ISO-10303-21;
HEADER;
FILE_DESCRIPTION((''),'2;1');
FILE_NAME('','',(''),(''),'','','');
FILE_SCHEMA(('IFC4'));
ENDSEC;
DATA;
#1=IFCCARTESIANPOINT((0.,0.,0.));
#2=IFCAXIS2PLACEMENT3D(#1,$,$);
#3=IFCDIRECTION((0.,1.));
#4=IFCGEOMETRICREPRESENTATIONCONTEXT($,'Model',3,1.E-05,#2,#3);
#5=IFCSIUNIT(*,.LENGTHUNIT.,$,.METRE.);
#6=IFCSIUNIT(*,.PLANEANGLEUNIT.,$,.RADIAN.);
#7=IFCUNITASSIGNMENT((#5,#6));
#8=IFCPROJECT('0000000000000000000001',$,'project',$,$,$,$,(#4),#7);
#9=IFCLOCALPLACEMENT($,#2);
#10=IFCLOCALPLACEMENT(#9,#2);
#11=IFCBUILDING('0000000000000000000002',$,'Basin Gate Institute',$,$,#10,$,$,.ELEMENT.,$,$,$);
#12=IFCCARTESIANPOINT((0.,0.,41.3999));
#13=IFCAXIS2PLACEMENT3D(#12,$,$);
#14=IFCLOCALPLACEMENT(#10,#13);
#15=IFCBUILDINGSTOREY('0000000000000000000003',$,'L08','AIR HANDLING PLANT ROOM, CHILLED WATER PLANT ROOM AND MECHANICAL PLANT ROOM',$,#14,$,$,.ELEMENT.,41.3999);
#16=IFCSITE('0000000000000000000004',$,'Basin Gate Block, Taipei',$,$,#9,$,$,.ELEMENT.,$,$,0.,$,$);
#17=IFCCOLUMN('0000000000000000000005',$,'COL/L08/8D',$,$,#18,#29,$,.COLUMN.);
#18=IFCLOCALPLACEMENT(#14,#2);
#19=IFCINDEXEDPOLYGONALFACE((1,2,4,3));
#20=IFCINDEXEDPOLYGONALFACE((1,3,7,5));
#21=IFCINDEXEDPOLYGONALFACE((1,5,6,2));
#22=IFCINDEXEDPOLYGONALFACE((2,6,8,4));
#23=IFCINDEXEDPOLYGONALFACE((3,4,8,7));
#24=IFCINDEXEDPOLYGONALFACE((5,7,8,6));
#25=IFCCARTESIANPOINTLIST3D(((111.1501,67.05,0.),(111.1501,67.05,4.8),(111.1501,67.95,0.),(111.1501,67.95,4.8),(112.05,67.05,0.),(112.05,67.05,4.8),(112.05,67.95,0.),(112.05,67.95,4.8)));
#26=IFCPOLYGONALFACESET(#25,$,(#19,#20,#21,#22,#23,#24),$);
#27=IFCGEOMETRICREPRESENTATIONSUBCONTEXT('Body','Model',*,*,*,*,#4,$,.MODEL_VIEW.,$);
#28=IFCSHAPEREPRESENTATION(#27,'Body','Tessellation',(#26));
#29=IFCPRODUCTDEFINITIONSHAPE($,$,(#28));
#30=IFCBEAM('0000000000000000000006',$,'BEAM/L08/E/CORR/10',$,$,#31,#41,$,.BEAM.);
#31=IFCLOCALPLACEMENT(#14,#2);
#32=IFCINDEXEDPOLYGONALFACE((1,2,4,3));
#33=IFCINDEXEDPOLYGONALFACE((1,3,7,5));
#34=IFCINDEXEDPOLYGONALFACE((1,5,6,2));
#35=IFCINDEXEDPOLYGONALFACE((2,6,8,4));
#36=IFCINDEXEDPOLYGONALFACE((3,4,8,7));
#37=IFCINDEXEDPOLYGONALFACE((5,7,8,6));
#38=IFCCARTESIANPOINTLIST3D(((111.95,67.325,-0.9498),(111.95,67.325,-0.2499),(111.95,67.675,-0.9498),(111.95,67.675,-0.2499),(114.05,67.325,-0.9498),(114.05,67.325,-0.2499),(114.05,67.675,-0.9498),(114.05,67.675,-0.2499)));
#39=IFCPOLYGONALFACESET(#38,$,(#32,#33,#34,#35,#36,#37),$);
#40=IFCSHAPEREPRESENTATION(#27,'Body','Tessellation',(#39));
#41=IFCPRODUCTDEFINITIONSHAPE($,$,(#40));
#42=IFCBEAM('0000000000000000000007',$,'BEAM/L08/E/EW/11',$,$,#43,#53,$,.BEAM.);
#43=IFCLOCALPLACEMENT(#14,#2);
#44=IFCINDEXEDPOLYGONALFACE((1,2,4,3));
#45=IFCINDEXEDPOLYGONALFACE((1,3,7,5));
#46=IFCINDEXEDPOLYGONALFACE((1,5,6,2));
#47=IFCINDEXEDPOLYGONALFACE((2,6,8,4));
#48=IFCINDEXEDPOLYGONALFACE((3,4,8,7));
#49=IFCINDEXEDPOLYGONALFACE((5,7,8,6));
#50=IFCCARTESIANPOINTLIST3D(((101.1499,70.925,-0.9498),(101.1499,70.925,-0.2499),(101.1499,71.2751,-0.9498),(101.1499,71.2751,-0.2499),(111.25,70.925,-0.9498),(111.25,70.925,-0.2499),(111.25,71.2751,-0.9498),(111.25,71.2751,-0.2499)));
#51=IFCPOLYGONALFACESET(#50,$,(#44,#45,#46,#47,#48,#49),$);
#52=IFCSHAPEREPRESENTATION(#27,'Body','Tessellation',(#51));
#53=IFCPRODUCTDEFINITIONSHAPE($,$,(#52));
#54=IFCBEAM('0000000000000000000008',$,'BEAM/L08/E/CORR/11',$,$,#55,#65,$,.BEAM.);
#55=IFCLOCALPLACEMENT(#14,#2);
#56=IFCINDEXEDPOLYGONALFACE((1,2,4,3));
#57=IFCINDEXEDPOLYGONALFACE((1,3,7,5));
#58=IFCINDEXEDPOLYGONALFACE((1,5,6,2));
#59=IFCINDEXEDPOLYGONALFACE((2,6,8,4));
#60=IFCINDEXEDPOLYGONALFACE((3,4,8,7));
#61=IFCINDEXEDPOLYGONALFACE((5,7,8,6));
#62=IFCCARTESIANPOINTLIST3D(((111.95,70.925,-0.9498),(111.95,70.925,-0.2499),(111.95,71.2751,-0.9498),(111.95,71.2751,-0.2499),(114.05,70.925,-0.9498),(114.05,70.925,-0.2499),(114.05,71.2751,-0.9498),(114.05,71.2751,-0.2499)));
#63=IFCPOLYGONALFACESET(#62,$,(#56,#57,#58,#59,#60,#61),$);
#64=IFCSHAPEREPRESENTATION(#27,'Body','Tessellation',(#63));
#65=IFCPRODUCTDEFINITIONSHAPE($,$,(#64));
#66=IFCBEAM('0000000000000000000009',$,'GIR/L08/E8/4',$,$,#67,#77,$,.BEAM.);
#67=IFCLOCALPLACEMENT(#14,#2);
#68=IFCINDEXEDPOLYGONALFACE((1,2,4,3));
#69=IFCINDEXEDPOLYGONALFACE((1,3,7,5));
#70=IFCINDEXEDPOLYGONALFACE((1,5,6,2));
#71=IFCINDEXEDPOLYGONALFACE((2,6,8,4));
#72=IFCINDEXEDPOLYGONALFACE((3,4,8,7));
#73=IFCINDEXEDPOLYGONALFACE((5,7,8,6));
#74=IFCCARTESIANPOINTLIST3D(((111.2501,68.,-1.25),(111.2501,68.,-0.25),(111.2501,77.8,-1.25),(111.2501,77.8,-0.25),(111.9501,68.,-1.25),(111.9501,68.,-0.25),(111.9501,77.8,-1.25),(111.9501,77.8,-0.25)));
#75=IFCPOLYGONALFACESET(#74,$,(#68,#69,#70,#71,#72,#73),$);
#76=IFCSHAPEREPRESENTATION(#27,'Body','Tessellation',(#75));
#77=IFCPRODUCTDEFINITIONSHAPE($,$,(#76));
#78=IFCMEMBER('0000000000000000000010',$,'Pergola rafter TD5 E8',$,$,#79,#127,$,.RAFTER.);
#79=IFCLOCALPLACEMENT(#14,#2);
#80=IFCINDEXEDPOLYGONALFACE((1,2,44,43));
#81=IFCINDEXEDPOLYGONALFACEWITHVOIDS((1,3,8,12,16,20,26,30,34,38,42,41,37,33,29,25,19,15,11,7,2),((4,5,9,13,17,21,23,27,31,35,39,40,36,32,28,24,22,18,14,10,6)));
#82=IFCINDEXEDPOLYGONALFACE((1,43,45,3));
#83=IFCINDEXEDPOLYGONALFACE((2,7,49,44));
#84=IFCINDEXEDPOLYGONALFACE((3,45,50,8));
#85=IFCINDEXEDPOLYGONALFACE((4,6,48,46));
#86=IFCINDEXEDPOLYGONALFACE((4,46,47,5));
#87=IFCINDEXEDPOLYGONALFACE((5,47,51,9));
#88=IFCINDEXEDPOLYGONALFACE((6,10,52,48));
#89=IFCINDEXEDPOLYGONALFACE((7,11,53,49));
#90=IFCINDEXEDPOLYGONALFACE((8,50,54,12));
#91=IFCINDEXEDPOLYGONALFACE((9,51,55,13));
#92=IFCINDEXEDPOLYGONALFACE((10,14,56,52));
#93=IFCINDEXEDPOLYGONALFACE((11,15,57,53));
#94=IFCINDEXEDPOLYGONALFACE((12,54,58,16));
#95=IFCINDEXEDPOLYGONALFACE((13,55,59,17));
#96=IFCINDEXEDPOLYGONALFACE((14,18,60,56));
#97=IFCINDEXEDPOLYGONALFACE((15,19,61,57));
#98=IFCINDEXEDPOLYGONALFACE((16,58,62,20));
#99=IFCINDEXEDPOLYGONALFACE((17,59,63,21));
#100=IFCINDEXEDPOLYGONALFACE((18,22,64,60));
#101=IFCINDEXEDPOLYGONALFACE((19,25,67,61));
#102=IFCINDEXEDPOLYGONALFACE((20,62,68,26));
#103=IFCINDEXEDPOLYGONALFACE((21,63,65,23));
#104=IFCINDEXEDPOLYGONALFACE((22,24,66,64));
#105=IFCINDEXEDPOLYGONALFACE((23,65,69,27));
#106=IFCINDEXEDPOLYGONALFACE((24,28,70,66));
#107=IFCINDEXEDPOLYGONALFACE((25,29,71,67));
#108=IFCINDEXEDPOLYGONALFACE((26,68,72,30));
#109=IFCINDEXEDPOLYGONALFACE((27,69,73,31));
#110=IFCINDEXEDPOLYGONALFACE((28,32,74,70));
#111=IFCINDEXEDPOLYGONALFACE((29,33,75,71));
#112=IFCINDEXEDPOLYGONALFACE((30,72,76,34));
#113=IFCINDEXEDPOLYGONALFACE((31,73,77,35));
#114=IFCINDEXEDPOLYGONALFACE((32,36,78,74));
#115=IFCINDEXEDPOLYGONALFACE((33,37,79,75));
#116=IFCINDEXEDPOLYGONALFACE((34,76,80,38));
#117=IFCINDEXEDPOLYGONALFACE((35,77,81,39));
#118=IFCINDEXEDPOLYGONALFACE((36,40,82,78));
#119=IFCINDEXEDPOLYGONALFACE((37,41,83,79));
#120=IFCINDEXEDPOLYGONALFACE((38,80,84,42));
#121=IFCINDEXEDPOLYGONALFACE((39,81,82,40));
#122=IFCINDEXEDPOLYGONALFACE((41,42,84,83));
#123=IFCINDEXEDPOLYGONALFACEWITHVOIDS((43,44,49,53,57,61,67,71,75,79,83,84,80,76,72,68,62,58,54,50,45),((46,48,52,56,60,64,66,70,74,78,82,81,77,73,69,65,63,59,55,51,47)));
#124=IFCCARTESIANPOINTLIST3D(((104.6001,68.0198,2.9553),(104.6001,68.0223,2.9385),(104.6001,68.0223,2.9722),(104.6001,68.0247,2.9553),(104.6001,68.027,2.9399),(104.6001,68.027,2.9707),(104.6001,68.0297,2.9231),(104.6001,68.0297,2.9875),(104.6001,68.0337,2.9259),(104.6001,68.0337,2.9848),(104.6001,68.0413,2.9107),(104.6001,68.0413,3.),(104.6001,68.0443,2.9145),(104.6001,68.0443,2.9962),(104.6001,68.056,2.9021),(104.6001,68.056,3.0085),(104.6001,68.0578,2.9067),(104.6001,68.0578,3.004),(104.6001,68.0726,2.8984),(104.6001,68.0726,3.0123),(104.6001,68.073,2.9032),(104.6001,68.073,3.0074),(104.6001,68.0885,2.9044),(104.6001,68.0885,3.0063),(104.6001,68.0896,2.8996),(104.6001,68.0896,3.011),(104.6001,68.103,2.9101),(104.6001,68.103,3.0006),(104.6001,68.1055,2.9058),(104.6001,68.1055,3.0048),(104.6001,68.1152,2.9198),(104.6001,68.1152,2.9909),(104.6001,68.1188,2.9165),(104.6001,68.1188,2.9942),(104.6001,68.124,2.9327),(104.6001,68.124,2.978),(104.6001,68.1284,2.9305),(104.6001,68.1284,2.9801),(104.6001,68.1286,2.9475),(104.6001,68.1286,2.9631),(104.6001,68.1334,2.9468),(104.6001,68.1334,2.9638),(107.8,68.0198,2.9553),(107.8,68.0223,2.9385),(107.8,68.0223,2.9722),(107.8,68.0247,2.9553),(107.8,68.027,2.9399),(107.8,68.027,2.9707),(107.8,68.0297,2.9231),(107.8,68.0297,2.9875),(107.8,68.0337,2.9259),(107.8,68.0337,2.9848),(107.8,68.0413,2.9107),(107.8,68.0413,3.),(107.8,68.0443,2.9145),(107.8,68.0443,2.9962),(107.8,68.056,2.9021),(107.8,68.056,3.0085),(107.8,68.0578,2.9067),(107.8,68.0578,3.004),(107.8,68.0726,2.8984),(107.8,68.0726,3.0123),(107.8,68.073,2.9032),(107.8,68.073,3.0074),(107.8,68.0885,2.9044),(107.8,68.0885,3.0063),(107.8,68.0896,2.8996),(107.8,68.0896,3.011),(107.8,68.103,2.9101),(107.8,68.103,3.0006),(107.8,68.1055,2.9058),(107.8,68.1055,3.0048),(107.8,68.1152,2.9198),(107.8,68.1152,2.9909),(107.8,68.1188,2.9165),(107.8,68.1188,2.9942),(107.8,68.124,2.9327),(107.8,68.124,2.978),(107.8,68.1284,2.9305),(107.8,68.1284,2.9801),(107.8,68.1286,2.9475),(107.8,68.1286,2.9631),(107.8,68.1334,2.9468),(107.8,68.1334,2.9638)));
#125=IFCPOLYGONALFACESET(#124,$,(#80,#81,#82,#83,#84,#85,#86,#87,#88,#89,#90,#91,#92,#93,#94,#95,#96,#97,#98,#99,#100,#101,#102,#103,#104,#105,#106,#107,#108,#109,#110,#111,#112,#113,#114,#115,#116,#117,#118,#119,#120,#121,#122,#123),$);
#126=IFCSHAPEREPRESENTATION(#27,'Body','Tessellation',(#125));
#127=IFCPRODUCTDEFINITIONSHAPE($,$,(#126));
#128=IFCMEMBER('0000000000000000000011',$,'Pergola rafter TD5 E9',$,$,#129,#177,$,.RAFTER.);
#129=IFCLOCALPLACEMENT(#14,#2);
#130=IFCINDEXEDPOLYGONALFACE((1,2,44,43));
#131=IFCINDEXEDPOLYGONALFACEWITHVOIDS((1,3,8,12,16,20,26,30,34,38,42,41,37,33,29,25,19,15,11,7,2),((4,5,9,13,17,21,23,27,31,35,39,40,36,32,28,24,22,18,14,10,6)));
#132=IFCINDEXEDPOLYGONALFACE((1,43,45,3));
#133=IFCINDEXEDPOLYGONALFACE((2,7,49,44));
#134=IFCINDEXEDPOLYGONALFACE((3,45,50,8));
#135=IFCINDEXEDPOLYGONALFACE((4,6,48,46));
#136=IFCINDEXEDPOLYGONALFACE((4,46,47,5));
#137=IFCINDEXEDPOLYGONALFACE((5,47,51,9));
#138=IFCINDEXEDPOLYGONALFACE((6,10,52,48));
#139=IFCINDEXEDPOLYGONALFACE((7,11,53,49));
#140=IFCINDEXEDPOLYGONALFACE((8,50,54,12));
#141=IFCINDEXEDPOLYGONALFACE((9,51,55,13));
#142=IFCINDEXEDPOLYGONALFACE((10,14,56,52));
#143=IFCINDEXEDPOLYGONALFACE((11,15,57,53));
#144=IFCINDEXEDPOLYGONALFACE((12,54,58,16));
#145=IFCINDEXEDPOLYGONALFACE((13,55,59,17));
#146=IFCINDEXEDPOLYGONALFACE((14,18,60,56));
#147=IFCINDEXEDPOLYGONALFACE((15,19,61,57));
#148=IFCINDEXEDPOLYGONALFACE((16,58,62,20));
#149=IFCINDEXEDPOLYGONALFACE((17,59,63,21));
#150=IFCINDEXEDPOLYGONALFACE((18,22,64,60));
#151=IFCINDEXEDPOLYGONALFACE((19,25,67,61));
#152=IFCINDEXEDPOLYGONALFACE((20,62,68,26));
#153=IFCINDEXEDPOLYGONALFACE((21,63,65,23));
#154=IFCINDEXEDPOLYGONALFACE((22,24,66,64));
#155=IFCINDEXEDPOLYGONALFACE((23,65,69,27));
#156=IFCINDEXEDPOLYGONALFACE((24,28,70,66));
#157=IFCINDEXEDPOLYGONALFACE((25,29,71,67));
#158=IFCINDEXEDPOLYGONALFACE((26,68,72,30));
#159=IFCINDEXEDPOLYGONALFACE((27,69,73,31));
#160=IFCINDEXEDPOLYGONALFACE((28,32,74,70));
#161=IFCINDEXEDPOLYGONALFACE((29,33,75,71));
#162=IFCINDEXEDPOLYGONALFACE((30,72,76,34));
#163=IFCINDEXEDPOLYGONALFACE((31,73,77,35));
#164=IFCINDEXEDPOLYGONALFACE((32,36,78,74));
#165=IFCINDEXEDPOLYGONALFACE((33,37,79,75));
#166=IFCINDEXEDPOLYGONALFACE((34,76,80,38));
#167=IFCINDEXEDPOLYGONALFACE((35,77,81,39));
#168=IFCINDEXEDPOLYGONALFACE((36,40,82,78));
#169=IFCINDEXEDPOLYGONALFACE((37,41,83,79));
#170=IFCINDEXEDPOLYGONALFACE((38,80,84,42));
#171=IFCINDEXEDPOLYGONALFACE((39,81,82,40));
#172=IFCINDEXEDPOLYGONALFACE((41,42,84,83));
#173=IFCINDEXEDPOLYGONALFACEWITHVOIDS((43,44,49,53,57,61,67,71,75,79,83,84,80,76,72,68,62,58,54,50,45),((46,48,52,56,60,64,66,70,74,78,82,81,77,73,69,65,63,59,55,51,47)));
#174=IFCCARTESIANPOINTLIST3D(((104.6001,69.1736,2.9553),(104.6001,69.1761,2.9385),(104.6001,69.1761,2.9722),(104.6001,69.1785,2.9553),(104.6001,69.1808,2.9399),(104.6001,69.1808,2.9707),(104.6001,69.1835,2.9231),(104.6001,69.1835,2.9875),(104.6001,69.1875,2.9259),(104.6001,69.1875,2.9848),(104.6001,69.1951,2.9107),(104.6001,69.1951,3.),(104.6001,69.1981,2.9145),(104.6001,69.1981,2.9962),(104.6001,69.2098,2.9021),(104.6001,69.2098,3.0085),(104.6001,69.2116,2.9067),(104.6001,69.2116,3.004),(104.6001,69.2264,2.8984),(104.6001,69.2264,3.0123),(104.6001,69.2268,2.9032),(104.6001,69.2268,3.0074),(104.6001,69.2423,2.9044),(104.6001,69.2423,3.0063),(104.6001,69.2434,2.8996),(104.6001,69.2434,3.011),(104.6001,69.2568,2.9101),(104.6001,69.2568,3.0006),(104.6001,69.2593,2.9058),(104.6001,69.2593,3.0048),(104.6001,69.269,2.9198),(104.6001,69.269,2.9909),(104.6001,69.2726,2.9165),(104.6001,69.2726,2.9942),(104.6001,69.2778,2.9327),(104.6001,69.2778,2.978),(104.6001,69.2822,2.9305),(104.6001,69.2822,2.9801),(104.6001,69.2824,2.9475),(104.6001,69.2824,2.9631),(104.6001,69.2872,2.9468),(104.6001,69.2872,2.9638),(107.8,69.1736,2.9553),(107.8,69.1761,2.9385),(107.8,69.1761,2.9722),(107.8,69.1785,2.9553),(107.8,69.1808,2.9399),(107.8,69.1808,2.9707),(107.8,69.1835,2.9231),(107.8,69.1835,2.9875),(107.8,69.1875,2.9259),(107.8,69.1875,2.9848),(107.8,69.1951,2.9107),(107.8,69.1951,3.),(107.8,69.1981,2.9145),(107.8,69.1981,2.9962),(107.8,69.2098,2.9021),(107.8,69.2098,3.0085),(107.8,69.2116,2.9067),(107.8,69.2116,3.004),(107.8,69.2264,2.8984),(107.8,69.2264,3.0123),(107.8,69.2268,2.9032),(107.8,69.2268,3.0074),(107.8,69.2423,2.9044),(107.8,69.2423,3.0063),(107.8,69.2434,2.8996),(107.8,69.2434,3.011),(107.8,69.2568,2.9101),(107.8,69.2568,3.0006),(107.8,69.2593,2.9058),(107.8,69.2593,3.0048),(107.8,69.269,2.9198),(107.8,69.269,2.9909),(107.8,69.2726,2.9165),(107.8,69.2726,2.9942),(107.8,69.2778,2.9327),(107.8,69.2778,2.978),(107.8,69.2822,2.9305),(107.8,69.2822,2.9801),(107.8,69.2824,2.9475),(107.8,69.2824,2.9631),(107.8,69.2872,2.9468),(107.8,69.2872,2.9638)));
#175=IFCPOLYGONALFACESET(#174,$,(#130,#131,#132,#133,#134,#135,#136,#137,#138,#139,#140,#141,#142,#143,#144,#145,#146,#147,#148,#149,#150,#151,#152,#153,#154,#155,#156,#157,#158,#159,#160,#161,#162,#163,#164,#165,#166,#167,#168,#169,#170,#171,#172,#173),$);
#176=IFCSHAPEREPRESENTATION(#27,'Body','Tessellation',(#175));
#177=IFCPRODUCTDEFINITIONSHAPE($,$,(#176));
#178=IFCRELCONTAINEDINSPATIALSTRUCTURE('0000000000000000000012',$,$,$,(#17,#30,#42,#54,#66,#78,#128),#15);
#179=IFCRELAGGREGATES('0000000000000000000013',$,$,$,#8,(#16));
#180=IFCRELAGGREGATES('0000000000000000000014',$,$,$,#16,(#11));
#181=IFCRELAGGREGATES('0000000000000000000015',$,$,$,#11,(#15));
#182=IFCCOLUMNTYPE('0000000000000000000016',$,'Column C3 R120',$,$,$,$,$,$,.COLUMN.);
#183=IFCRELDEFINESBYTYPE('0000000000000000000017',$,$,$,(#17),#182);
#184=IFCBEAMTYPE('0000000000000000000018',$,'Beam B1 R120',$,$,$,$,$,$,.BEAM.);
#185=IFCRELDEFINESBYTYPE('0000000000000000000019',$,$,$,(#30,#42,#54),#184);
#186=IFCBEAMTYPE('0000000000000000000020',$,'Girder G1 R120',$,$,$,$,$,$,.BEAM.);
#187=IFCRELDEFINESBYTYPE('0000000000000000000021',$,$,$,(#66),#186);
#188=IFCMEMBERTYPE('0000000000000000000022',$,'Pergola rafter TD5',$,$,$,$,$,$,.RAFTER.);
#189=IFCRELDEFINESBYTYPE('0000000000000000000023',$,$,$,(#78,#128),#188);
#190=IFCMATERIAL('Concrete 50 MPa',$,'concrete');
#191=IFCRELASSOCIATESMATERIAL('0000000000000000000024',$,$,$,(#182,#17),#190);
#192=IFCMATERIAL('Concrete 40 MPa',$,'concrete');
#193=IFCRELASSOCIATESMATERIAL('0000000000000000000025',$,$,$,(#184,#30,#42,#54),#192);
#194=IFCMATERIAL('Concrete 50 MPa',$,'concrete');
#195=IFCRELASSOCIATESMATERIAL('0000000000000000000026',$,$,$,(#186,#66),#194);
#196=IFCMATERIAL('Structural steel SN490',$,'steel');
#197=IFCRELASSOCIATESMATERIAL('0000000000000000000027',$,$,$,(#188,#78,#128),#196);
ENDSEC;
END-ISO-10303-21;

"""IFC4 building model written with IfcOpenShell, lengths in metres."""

from ifc_helpers import new_model, si_unit, direction, frame, origin, origin_2d, place, context, subcontext, project, spatial, rectangle, hollow_circle, extrude, material, material_profile, profile_set, type_object, element, save


model = new_model("IFC4")

# Units and contexts
model_context = context("Model", 3, precision=1e-05, world=origin(), true_north=direction((0.0, 1.0)))
body_context = subcontext(model_context, "Body", "Model", "MODEL_VIEW")
ifc_project = project(units=[si_unit("LENGTHUNIT", "METRE"), si_unit("PLANEANGLEUNIT", "RADIAN")], contexts=[model_context])

# Site, building, storey
site_placement = place(None, origin())
site = spatial("IfcSite", under=ifc_project, at=site_placement, Name="Basin Gate Block, Taipei", CompositionType="ELEMENT", RefElevation=0.0)
building_placement = place(site_placement, origin())
building = spatial("IfcBuilding", under=site, at=building_placement, Name="Basin Gate Institute", CompositionType="ELEMENT")
storey_placement = place(building_placement, frame((0.0, 0.0, 41.3999)))
storey = spatial("IfcBuildingStorey", under=building, at=storey_placement, Name="L08", Description="AIR HANDLING PLANT ROOM, CHILLED WATER PLANT ROOM AND MECHANICAL PLANT ROOM", CompositionType="ELEMENT", Elevation=41.3999)

# Column
ifc_material_1 = material(Name="Concrete 50 MPa", Category="concrete")
ifc_material_profile_1 = material_profile(ifc_material_1, rectangle(XDim=0.8999, YDim=0.8999, at=origin_2d()), Name="Column C3 900 x 900")
ifc_profile_set_1 = profile_set([ifc_material_profile_1], Name="Concrete 50 MPa")
column_type = type_object("IfcColumnType", Name="Column C3 R120", PredefinedType="COLUMN", material=ifc_profile_set_1)
column_placement = place(storey_placement, frame((111.6001, 67.5, 0.0), z_axis=(0.0, 0.0, 1.0), x_axis=(1.0, 0.0, 0.0)))
element("IfcColumn", 1, at=column_placement, inside=storey, type_object=column_type, material=ifc_profile_set_1, Name="COL/L08/8D", PredefinedType="COLUMN", context=body_context, shape_type="SweptSolid", body=[
    extrude(rectangle(XDim=0.8999, YDim=0.8999, at=origin_2d()), origin(), (0.0, 0.0, 1.0), 4.8),
])

# Beams
ifc_material_2 = material(Name="Concrete 40 MPa", Category="concrete")
ifc_material_profile_2 = material_profile(ifc_material_2, rectangle(XDim=0.3501, YDim=0.7, at=origin_2d()), Name="Beam B1 350 x 700")
ifc_profile_set_2 = profile_set([ifc_material_profile_2], Name="Concrete 40 MPa")
beam_type_1 = type_object("IfcBeamType", Name="Beam B1 R120", PredefinedType="BEAM", material=ifc_profile_set_2)
beam_1_placement = place(storey_placement, frame((114.05, 67.5, -0.5999), z_axis=(-1.0, 0.0, 0.0), x_axis=(0.0, -1.0, 0.0)))
element("IfcBeam", 2, at=beam_1_placement, inside=storey, type_object=beam_type_1, material=ifc_profile_set_2, Name="BEAM/L08/E/CORR/10", PredefinedType="BEAM", context=body_context, shape_type="SweptSolid", body=[
    extrude(rectangle(XDim=0.3501, YDim=0.7, at=origin_2d()), origin(), (0.0, 0.0, 1.0), 2.1001),
])
beam_2_placement = place(storey_placement, frame((111.25, 71.1001, -0.5999), z_axis=(-1.0, 0.0, 0.0), x_axis=(0.0, -1.0, 0.0)))
element("IfcBeam", 3, at=beam_2_placement, inside=storey, type_object=beam_type_1, material=ifc_profile_set_2, Name="BEAM/L08/E/EW/11", PredefinedType="BEAM", context=body_context, shape_type="SweptSolid", body=[
    extrude(rectangle(XDim=0.3501, YDim=0.7, at=origin_2d()), origin(), (0.0, 0.0, 1.0), 10.1001),
])
beam_3_placement = place(storey_placement, frame((114.05, 71.1001, -0.5999), z_axis=(-1.0, 0.0, 0.0), x_axis=(0.0, -1.0, 0.0)))
element("IfcBeam", 4, at=beam_3_placement, inside=storey, type_object=beam_type_1, material=ifc_profile_set_2, Name="BEAM/L08/E/CORR/11", PredefinedType="BEAM", context=body_context, shape_type="SweptSolid", body=[
    extrude(rectangle(XDim=0.3501, YDim=0.7, at=origin_2d()), origin(), (0.0, 0.0, 1.0), 2.1001),
])
ifc_material_3 = material(Name="Concrete 50 MPa", Category="concrete")
ifc_material_profile_3 = material_profile(ifc_material_3, rectangle(XDim=0.7, YDim=1.0, at=origin_2d()), Name="Girder G1 700 x 1000")
ifc_profile_set_3 = profile_set([ifc_material_profile_3], Name="Concrete 50 MPa")
beam_type_2 = type_object("IfcBeamType", Name="Girder G1 R120", PredefinedType="BEAM", material=ifc_profile_set_3)
beam_4_placement = place(storey_placement, frame((111.6001, 68.0, -0.75), z_axis=(0.0, 1.0, 0.0), x_axis=(-1.0, 0.0, 0.0)))
element("IfcBeam", 5, at=beam_4_placement, inside=storey, type_object=beam_type_2, material=ifc_profile_set_3, Name="GIR/L08/E8/4", PredefinedType="BEAM", context=body_context, shape_type="SweptSolid", body=[
    extrude(rectangle(XDim=0.7, YDim=1.0, at=origin_2d()), origin(), (0.0, 0.0, 1.0), 9.8),
])

# Members
ifc_material_4 = material(Name="Structural steel SN490", Category="steel")
ifc_material_profile_4 = material_profile(ifc_material_4, hollow_circle(Radius=0.0571, WallThickness=0.0049, at=origin_2d()), Name="CHS114x5")
ifc_profile_set_4 = profile_set([ifc_material_profile_4], Name="Structural steel SN490")
member_type = type_object("IfcMemberType", Name="Pergola rafter TD5", PredefinedType="RAFTER", material=ifc_profile_set_4)
for number, where, z_axis, x_axis, name in (
    (6, (107.8, 68.0769, 2.9553), (-1.0, 0.0, 0.0), (0.0, -1.0, 0.0), "Pergola rafter TD5 E8"),
    (7, (107.8, 69.2307, 2.9553), (-1.0, 0.0, 0.0), (0.0, -1.0, 0.0), "Pergola rafter TD5 E9"),
):
    element("IfcMember", number, at=place(storey_placement, frame(where, z_axis=z_axis, x_axis=x_axis)), inside=storey, type_object=member_type, material=ifc_profile_set_4, Name=name, PredefinedType="RAFTER", context=body_context, shape_type="SweptSolid", body=[
        extrude(hollow_circle(Radius=0.0571, WallThickness=0.0049, at=origin_2d()), origin(), (0.0, 0.0, 1.0), 3.2),
    ])

save(model, "model.ifc")
